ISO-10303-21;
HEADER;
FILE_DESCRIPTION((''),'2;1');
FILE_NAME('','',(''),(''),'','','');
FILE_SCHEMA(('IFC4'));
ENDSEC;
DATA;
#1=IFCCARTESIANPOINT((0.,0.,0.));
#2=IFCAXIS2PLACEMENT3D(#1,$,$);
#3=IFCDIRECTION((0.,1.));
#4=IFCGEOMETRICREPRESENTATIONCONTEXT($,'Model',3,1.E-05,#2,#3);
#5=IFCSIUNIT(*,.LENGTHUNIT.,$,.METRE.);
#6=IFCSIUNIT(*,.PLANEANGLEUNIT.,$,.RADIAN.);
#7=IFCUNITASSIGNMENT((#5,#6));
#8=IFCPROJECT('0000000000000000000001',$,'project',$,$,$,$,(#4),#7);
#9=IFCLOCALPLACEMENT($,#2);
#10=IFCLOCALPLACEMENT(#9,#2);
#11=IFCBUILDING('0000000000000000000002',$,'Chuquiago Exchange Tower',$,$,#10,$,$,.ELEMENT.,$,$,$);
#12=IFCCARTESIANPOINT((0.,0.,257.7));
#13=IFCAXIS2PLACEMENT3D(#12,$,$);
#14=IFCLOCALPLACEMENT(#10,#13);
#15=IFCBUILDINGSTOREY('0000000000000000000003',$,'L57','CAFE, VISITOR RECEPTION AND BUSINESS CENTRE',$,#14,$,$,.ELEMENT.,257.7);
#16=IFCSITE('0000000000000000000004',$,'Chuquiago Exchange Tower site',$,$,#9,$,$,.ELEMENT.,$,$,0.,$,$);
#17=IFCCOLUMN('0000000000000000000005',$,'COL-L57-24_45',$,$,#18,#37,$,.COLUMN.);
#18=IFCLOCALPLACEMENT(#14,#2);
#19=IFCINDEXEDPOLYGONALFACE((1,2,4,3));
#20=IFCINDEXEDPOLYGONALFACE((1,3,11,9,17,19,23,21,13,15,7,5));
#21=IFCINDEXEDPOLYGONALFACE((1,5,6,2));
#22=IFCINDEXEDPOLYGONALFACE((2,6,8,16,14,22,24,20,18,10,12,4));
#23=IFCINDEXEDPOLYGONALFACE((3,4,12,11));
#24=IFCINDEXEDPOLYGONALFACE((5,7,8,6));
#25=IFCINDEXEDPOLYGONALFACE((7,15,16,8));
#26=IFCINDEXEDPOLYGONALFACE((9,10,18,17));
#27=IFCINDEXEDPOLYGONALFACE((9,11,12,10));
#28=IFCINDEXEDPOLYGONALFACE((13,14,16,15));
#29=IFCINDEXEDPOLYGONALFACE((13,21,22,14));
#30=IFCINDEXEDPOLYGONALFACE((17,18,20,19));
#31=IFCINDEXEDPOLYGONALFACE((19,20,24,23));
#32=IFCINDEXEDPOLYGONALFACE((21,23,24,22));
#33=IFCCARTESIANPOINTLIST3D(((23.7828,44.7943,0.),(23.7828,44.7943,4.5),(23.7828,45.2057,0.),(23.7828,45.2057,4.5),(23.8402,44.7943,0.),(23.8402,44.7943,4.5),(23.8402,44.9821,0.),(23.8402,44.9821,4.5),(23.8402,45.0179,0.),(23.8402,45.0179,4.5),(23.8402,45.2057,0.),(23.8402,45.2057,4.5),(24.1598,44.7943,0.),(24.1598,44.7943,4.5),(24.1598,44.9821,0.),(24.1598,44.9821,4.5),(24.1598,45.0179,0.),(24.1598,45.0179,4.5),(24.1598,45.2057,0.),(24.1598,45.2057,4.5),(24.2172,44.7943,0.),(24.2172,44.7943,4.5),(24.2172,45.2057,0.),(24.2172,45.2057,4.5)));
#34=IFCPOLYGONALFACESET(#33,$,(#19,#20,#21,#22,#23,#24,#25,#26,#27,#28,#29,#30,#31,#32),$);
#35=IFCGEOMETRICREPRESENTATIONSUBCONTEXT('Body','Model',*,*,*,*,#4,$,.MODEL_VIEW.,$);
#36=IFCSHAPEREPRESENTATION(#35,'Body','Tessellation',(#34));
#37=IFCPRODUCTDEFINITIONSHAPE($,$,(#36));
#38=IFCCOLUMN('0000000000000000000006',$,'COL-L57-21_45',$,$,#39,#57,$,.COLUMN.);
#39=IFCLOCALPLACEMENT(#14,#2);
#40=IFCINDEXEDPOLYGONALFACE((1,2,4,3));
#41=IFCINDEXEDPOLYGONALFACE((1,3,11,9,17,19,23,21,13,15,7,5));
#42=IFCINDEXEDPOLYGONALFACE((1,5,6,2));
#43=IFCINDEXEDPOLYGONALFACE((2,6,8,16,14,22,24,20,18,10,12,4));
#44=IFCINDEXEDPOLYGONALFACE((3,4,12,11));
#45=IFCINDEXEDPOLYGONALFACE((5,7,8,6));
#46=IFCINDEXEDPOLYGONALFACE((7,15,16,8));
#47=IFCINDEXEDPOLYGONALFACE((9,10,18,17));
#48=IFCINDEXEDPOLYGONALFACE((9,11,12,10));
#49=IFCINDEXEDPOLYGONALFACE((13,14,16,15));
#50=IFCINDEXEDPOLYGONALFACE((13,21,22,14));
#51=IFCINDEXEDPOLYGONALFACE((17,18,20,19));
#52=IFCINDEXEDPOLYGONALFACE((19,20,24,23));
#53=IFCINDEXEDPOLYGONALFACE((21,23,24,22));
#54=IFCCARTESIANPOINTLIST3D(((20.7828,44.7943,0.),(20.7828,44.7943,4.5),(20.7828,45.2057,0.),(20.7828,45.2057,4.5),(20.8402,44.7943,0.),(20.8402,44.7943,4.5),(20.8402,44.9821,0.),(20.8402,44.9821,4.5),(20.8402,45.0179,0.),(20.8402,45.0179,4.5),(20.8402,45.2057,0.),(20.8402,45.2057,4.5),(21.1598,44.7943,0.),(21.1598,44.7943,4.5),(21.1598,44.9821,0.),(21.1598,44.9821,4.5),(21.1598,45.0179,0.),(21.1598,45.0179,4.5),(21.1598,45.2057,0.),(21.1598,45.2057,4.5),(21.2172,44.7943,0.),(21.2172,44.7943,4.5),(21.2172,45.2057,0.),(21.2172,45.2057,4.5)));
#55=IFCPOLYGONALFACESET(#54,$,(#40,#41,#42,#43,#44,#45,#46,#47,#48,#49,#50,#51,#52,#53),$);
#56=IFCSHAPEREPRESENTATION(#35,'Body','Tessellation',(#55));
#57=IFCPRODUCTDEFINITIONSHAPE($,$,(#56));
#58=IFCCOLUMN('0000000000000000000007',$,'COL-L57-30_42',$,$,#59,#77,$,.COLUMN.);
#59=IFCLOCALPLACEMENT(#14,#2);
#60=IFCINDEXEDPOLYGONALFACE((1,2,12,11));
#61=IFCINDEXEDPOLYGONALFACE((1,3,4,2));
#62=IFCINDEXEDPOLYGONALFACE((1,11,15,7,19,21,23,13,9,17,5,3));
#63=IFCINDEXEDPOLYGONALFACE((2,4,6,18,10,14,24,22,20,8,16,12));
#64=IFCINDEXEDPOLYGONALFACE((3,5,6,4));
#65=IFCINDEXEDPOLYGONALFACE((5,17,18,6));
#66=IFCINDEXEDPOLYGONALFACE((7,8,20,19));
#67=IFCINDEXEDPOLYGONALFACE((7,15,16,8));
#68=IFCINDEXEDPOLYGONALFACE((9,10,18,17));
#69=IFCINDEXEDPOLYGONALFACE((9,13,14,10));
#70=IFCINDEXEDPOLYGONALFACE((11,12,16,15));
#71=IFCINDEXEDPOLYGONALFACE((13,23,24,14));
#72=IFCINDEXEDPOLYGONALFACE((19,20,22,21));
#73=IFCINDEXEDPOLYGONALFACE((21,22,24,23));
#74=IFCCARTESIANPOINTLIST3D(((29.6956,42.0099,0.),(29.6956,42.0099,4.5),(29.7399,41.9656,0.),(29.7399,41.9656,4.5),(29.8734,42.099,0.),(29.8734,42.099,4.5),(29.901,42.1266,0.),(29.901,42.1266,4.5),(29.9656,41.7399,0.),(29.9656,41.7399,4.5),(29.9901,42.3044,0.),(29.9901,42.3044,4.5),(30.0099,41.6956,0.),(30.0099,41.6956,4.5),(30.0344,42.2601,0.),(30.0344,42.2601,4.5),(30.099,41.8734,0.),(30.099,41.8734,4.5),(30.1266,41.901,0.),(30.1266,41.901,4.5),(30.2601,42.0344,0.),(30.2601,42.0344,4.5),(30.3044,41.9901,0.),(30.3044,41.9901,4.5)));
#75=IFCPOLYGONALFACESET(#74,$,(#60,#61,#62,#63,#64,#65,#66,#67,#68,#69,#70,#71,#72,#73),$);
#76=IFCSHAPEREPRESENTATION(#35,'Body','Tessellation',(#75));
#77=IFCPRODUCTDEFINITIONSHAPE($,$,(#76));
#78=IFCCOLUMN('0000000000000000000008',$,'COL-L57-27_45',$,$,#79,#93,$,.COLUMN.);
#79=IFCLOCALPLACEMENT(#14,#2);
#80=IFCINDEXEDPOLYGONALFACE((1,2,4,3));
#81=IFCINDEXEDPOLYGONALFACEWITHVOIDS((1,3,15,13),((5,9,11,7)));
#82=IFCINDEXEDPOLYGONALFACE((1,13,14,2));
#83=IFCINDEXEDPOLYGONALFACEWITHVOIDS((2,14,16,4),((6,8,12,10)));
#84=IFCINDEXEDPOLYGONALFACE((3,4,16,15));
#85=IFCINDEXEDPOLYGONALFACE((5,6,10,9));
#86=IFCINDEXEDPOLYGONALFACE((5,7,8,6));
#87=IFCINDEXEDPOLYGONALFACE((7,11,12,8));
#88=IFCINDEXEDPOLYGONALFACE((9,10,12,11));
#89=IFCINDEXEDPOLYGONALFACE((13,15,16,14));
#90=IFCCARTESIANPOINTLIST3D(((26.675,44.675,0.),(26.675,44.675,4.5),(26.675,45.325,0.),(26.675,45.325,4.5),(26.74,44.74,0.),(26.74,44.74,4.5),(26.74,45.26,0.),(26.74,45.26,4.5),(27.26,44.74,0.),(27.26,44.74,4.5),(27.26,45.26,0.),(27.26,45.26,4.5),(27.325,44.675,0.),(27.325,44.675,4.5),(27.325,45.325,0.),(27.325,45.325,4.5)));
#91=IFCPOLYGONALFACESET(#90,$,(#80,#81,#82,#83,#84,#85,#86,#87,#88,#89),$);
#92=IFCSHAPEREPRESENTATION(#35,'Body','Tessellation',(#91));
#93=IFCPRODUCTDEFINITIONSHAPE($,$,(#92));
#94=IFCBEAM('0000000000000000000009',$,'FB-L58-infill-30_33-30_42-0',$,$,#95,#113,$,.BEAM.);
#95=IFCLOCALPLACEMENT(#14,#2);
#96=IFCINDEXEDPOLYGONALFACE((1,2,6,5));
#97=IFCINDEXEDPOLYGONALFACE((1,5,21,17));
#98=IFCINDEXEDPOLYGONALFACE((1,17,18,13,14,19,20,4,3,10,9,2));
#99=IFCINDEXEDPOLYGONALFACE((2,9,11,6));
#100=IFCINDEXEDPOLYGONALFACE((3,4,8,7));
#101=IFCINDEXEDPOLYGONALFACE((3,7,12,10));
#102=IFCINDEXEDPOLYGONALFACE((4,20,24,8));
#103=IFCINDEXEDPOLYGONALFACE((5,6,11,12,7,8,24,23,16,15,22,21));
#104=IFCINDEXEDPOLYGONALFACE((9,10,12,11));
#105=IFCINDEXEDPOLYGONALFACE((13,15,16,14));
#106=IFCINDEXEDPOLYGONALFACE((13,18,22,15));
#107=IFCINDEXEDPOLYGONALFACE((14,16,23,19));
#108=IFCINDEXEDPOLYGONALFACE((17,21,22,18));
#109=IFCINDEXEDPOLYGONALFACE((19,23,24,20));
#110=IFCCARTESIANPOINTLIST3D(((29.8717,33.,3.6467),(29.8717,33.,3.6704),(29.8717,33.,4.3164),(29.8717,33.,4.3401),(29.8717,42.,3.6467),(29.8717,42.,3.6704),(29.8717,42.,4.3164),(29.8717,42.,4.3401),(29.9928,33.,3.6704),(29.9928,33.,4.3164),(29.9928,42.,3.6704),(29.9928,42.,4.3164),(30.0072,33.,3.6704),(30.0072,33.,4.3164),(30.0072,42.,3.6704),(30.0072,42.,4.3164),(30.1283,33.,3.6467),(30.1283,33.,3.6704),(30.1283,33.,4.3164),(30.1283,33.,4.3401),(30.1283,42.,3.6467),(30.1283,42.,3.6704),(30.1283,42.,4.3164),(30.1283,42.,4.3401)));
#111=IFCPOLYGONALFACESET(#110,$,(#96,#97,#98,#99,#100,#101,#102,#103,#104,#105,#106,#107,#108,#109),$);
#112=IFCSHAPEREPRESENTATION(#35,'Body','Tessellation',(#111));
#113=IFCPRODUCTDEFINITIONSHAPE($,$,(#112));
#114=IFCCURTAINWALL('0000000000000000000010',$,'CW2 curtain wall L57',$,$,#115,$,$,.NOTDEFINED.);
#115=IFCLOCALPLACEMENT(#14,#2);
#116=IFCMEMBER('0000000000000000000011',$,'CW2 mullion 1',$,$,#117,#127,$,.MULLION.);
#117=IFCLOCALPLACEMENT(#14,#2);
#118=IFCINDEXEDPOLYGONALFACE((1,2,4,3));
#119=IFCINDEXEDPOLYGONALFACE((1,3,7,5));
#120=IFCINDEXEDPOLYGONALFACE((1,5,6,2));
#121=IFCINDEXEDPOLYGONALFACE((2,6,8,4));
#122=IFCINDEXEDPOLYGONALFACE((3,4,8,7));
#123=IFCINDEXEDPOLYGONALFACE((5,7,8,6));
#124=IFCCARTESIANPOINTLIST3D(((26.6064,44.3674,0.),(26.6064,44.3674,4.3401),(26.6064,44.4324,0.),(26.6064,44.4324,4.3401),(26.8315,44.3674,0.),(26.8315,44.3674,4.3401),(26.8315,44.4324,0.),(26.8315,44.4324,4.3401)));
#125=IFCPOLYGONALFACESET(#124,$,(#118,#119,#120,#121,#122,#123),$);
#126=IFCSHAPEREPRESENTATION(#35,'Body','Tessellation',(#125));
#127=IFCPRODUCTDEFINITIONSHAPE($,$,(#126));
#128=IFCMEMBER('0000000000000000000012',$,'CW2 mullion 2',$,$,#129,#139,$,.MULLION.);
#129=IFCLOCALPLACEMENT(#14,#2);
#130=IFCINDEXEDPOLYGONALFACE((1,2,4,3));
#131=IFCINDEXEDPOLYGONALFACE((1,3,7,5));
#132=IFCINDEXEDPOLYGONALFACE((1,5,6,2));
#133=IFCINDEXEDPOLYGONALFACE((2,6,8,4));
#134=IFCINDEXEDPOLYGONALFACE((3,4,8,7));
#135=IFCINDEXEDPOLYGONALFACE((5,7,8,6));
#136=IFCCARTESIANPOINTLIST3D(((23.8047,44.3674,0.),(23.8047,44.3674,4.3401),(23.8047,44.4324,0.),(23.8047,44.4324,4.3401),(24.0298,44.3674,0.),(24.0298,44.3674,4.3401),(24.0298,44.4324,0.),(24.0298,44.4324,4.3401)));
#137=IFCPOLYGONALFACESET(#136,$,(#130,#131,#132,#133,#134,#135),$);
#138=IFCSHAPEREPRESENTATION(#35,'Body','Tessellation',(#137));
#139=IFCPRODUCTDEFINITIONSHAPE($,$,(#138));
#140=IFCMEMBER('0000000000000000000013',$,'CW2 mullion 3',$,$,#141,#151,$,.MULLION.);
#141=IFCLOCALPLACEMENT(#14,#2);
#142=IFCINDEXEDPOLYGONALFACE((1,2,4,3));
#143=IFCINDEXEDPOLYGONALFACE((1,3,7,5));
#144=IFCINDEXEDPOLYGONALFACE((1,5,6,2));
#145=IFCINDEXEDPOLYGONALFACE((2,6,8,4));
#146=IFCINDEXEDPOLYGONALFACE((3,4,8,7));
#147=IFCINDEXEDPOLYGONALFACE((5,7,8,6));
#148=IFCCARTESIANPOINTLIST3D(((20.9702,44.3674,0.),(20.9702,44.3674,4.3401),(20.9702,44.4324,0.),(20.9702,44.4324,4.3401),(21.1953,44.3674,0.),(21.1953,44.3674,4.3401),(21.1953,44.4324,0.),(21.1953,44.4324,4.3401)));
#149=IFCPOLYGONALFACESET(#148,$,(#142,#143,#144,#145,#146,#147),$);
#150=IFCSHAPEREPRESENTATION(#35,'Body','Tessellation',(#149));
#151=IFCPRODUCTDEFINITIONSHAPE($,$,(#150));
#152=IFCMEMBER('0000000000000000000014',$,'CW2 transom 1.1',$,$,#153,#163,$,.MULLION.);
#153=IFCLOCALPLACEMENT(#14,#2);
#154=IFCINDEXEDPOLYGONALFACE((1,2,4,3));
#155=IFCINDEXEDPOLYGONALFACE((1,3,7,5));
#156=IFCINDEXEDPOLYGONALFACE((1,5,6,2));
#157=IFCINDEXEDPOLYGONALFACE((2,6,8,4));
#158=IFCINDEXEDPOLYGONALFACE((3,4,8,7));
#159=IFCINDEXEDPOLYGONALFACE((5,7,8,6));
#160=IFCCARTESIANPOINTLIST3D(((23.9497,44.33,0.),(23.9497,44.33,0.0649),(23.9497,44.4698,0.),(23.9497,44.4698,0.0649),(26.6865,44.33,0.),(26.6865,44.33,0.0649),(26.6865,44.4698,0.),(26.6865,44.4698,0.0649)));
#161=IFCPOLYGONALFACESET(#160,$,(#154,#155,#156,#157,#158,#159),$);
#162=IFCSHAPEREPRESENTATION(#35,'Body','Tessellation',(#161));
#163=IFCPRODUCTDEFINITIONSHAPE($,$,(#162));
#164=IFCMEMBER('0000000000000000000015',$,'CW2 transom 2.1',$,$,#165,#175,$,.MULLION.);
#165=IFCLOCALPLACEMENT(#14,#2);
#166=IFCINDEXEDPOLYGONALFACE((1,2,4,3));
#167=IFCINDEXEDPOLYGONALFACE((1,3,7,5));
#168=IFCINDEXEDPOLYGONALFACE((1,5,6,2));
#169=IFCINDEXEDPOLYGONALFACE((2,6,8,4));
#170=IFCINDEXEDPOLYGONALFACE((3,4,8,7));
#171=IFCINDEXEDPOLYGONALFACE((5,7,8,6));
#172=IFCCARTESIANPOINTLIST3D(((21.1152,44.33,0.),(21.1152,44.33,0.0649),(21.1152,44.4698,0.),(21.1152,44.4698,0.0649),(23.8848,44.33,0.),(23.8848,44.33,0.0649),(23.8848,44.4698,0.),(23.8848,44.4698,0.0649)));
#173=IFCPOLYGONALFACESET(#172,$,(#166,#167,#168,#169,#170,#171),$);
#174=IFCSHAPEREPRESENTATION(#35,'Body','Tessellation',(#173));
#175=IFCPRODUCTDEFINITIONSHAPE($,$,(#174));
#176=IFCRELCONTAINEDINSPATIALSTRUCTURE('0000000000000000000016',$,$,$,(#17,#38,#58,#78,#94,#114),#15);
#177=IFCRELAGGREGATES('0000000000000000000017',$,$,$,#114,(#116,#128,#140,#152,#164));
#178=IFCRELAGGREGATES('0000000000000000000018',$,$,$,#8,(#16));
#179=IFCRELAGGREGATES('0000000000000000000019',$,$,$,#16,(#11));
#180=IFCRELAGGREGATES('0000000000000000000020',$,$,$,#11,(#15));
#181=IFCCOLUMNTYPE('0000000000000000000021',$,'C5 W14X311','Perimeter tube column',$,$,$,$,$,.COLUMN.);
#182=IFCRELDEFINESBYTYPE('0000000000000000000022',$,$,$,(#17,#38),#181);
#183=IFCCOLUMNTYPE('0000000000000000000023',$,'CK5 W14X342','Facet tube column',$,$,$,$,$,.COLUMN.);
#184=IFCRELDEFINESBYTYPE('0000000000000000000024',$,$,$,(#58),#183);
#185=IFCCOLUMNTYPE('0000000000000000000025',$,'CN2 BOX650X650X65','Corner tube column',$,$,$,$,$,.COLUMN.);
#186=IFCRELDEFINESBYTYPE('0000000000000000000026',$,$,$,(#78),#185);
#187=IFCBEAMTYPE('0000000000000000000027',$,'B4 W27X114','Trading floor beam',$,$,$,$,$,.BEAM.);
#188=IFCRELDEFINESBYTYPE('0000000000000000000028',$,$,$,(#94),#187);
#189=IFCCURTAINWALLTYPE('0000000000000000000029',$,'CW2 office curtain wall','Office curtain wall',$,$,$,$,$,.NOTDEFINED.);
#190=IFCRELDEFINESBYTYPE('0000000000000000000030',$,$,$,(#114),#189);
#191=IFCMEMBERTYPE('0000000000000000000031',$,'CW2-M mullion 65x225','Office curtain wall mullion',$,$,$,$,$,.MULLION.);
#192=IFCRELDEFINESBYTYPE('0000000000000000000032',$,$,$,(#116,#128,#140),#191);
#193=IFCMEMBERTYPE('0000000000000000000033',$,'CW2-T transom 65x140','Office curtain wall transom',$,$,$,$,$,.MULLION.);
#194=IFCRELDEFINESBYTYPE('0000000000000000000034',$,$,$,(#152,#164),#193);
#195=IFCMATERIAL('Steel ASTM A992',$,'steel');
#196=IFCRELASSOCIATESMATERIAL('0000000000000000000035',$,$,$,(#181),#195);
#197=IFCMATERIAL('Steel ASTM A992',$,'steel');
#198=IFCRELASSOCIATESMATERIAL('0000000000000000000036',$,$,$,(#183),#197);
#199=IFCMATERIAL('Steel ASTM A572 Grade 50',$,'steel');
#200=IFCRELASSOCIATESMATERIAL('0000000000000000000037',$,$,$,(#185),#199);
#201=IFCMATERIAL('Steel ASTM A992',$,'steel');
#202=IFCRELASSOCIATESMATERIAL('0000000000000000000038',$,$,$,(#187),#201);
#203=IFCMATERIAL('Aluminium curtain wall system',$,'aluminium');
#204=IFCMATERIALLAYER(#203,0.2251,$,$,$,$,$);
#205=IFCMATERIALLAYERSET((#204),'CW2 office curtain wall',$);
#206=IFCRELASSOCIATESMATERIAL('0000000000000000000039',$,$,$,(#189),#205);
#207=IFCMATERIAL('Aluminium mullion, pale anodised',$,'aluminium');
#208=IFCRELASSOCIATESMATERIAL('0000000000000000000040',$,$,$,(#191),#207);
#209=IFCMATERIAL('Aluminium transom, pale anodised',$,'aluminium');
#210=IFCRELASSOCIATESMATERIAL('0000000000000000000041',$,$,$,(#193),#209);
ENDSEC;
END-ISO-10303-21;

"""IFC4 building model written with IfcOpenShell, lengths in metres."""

from ifc_helpers import new_model, si_unit, direction, frame, origin, origin_2d, place, context, subcontext, project, spatial, rectangle, hollow_rectangle, i_section, extrude, material, layer, layer_set, material_profile, profile_set, type_object, element, aggregate, save


model = new_model("IFC4")

# Units and contexts
model_context = context("Model", 3, precision=1e-05, world=origin(), true_north=direction((0.0, 1.0)))
body_context = subcontext(model_context, "Body", "Model", "MODEL_VIEW")
ifc_project = project(units=[si_unit("LENGTHUNIT", "METRE"), si_unit("PLANEANGLEUNIT", "RADIAN")], contexts=[model_context])

# Site, building, storey
site_placement = place(None, origin())
site = spatial("IfcSite", under=ifc_project, at=site_placement, Name="Chuquiago Exchange Tower site", CompositionType="ELEMENT", RefElevation=0.0)
building_placement = place(site_placement, origin())
building = spatial("IfcBuilding", under=site, at=building_placement, Name="Chuquiago Exchange Tower", CompositionType="ELEMENT")
storey_placement = place(building_placement, frame((0.0, 0.0, 257.7)))
storey = spatial("IfcBuildingStorey", under=building, at=storey_placement, Name="L57", Description="CAFE, VISITOR RECEPTION AND BUSINESS CENTRE", CompositionType="ELEMENT", Elevation=257.7)

# Columns
ifc_material_1 = material(Name="Steel ASTM A992", Category="steel")
ifc_material_profile_1 = material_profile(ifc_material_1, i_section(OverallWidth=0.4114, OverallDepth=0.4343, WebThickness=0.0359, FlangeThickness=0.0574, at=origin_2d()), Name="W14X311")
ifc_profile_set_1 = profile_set([ifc_material_profile_1], Name="Steel ASTM A992")
column_type_1 = type_object("IfcColumnType", Name="C5 W14X311", Description="Perimeter tube column", PredefinedType="COLUMN", material=ifc_profile_set_1)
for number, where, z_axis, x_axis, name in (
    (1, (24.0, 45.0, 0.0), (0.0, 0.0, 1.0), (0.0, 1.0, 0.0), "COL-L57-24_45"),
    (2, (21.0, 45.0, 0.0), (0.0, 0.0, 1.0), (0.0, 1.0, 0.0), "COL-L57-21_45"),
):
    element("IfcColumn", number, at=place(storey_placement, frame(where, z_axis=z_axis, x_axis=x_axis)), inside=storey, type_object=column_type_1, Name=name, PredefinedType="COLUMN", context=body_context, shape_type="SweptSolid", body=[
        extrude(i_section(OverallWidth=0.4114, OverallDepth=0.4343, WebThickness=0.0359, FlangeThickness=0.0574, at=origin_2d()), origin(), (0.0, 0.0, 1.0), 4.5),
    ])
ifc_material_2 = material(Name="Steel ASTM A992", Category="steel")
ifc_material_profile_2 = material_profile(ifc_material_2, i_section(OverallWidth=0.4165, OverallDepth=0.4446, WebThickness=0.0391, FlangeThickness=0.0627, at=origin_2d()), Name="W14X342")
ifc_profile_set_2 = profile_set([ifc_material_profile_2], Name="Steel ASTM A992")
column_type_2 = type_object("IfcColumnType", Name="CK5 W14X342", Description="Facet tube column", PredefinedType="COLUMN", material=ifc_profile_set_2)
column_1_placement = place(storey_placement, frame((30.0, 42.0, 0.0), z_axis=(0.0, 0.0, 1.0), x_axis=(0.707107, 0.707107, 0.0)))
element("IfcColumn", 3, at=column_1_placement, inside=storey, type_object=column_type_2, Name="COL-L57-30_42", PredefinedType="COLUMN", context=body_context, shape_type="SweptSolid", body=[
    extrude(i_section(OverallWidth=0.4165, OverallDepth=0.4446, WebThickness=0.0391, FlangeThickness=0.0627, at=origin_2d()), origin(), (0.0, 0.0, 1.0), 4.5),
])
ifc_material_3 = material(Name="Steel ASTM A572 Grade 50", Category="steel")
ifc_material_profile_3 = material_profile(ifc_material_3, hollow_rectangle(XDim=0.6499, YDim=0.6499, WallThickness=0.0649, at=origin_2d()), Name="BOX650X650X65")
ifc_profile_set_3 = profile_set([ifc_material_profile_3], Name="Steel ASTM A572 Grade 50")
column_type_3 = type_object("IfcColumnType", Name="CN2 BOX650X650X65", Description="Corner tube column", PredefinedType="COLUMN", material=ifc_profile_set_3)
column_2_placement = place(storey_placement, frame((27.0, 45.0, 0.0), z_axis=(0.0, 0.0, 1.0), x_axis=(0.0, 1.0, 0.0)))
element("IfcColumn", 4, at=column_2_placement, inside=storey, type_object=column_type_3, Name="COL-L57-27_45", PredefinedType="COLUMN", context=body_context, shape_type="SweptSolid", body=[
    extrude(hollow_rectangle(XDim=0.6499, YDim=0.6499, WallThickness=0.0649, at=origin_2d()), origin(), (0.0, 0.0, 1.0), 4.5),
])

# Beam
ifc_material_4 = material(Name="Steel ASTM A992", Category="steel")
ifc_material_profile_4 = material_profile(ifc_material_4, i_section(OverallWidth=0.2566, OverallDepth=0.6934, WebThickness=0.0144, FlangeThickness=0.0237, at=origin_2d()), Name="W27X114")
ifc_profile_set_4 = profile_set([ifc_material_profile_4], Name="Steel ASTM A992")
beam_type_1 = type_object("IfcBeamType", Name="B4 W27X114", Description="Trading floor beam", PredefinedType="BEAM", material=ifc_profile_set_4)
beam_placement = place(storey_placement, frame((30.0, 33.0, 3.9934), z_axis=(0.0, 1.0, 0.0), x_axis=(-1.0, 0.0, 0.0)))
element("IfcBeam", 5, at=beam_placement, inside=storey, type_object=beam_type_1, Name="FB-L58-infill-30_33-30_42-0", PredefinedType="BEAM", context=body_context, shape_type="SweptSolid", body=[
    extrude(i_section(OverallWidth=0.2566, OverallDepth=0.6934, WebThickness=0.0144, FlangeThickness=0.0237, at=origin_2d()), origin(), (0.0, 0.0, 1.0), 9.0),
])

# Curtain wall, members
ifc_material_5 = material(Name="Aluminium curtain wall system", Category="aluminium")
ifc_layer_1 = layer(ifc_material_5, 0.2251)
ifc_layer_set_1 = layer_set([ifc_layer_1], Name="CW2 office curtain wall")
curtain_wall_type_1 = type_object("IfcCurtainWallType", Name="CW2 office curtain wall", Description="Office curtain wall", PredefinedType="NOTDEFINED", material=ifc_layer_set_1)
curtain_wall_1_placement = place(storey_placement, origin())
curtain_wall_1 = element("IfcCurtainWall", 6, at=curtain_wall_1_placement, inside=storey, type_object=curtain_wall_type_1, Name="CW2 curtain wall L57", PredefinedType="NOTDEFINED")
ifc_material_6 = material(Name="Aluminium mullion, pale anodised", Category="aluminium")
ifc_material_profile_5 = material_profile(ifc_material_6, rectangle(XDim=0.0649, YDim=0.2251, at=origin_2d()), Name="AL 65x225")
ifc_profile_set_5 = profile_set([ifc_material_profile_5], Name="Aluminium mullion, pale anodised")
member_type_1 = type_object("IfcMemberType", Name="CW2-M mullion 65x225", Description="Office curtain wall mullion", PredefinedType="MULLION", material=ifc_profile_set_5)
member_1_placement = place(storey_placement, frame((26.719, 44.3999, 0.0), z_axis=(0.0, 0.0, 1.0), x_axis=(0.0, -1.0, 0.0)))
member_1 = element("IfcMember", 7, at=member_1_placement, type_object=member_type_1, Name="CW2 mullion 1", PredefinedType="MULLION", context=body_context, shape_type="SweptSolid", body=[
    extrude(rectangle(XDim=0.0649, YDim=0.2251, at=origin_2d()), origin(), (0.0, 0.0, 1.0), 4.3401),
])
member_2_placement = place(storey_placement, frame((23.9172, 44.3999, 0.0), z_axis=(0.0, 0.0, 1.0), x_axis=(0.0, -1.0, 0.0)))
member_2 = element("IfcMember", 8, at=member_2_placement, type_object=member_type_1, Name="CW2 mullion 2", PredefinedType="MULLION", context=body_context, shape_type="SweptSolid", body=[
    extrude(rectangle(XDim=0.0649, YDim=0.2251, at=origin_2d()), origin(), (0.0, 0.0, 1.0), 4.3401),
])
member_3_placement = place(storey_placement, frame((21.0828, 44.3999, 0.0), z_axis=(0.0, 0.0, 1.0), x_axis=(0.0, -1.0, 0.0)))
member_3 = element("IfcMember", 9, at=member_3_placement, type_object=member_type_1, Name="CW2 mullion 3", PredefinedType="MULLION", context=body_context, shape_type="SweptSolid", body=[
    extrude(rectangle(XDim=0.0649, YDim=0.2251, at=origin_2d()), origin(), (0.0, 0.0, 1.0), 4.3401),
])
ifc_material_7 = material(Name="Aluminium transom, pale anodised", Category="aluminium")
ifc_material_profile_6 = material_profile(ifc_material_7, rectangle(XDim=0.1399, YDim=0.0649, at=origin_2d()), Name="AL 140x65")
ifc_profile_set_6 = profile_set([ifc_material_profile_6], Name="Aluminium transom, pale anodised")
member_type_2 = type_object("IfcMemberType", Name="CW2-T transom 65x140", Description="Office curtain wall transom", PredefinedType="MULLION", material=ifc_profile_set_6)
member_4_placement = place(storey_placement, frame((26.6865, 44.3999, 0.0325), z_axis=(-1.0, 0.0, 0.0), x_axis=(0.0, -1.0, 0.0)))
member_4 = element("IfcMember", 10, at=member_4_placement, type_object=member_type_2, Name="CW2 transom 1.1", PredefinedType="MULLION", context=body_context, shape_type="SweptSolid", body=[
    extrude(rectangle(XDim=0.1399, YDim=0.0649, at=origin_2d()), origin(), (0.0, 0.0, 1.0), 2.7368),
])
member_5_placement = place(storey_placement, frame((23.8848, 44.3999, 0.0325), z_axis=(-1.0, 0.0, 0.0), x_axis=(0.0, -1.0, 0.0)))
member_5 = element("IfcMember", 11, at=member_5_placement, type_object=member_type_2, Name="CW2 transom 2.1", PredefinedType="MULLION", context=body_context, shape_type="SweptSolid", body=[
    extrude(rectangle(XDim=0.1399, YDim=0.0649, at=origin_2d()), origin(), (0.0, 0.0, 1.0), 2.7695),
])

aggregate(curtain_wall_1, [member_1, member_2, member_3, member_4, member_5])

save(model, "model.ifc")
